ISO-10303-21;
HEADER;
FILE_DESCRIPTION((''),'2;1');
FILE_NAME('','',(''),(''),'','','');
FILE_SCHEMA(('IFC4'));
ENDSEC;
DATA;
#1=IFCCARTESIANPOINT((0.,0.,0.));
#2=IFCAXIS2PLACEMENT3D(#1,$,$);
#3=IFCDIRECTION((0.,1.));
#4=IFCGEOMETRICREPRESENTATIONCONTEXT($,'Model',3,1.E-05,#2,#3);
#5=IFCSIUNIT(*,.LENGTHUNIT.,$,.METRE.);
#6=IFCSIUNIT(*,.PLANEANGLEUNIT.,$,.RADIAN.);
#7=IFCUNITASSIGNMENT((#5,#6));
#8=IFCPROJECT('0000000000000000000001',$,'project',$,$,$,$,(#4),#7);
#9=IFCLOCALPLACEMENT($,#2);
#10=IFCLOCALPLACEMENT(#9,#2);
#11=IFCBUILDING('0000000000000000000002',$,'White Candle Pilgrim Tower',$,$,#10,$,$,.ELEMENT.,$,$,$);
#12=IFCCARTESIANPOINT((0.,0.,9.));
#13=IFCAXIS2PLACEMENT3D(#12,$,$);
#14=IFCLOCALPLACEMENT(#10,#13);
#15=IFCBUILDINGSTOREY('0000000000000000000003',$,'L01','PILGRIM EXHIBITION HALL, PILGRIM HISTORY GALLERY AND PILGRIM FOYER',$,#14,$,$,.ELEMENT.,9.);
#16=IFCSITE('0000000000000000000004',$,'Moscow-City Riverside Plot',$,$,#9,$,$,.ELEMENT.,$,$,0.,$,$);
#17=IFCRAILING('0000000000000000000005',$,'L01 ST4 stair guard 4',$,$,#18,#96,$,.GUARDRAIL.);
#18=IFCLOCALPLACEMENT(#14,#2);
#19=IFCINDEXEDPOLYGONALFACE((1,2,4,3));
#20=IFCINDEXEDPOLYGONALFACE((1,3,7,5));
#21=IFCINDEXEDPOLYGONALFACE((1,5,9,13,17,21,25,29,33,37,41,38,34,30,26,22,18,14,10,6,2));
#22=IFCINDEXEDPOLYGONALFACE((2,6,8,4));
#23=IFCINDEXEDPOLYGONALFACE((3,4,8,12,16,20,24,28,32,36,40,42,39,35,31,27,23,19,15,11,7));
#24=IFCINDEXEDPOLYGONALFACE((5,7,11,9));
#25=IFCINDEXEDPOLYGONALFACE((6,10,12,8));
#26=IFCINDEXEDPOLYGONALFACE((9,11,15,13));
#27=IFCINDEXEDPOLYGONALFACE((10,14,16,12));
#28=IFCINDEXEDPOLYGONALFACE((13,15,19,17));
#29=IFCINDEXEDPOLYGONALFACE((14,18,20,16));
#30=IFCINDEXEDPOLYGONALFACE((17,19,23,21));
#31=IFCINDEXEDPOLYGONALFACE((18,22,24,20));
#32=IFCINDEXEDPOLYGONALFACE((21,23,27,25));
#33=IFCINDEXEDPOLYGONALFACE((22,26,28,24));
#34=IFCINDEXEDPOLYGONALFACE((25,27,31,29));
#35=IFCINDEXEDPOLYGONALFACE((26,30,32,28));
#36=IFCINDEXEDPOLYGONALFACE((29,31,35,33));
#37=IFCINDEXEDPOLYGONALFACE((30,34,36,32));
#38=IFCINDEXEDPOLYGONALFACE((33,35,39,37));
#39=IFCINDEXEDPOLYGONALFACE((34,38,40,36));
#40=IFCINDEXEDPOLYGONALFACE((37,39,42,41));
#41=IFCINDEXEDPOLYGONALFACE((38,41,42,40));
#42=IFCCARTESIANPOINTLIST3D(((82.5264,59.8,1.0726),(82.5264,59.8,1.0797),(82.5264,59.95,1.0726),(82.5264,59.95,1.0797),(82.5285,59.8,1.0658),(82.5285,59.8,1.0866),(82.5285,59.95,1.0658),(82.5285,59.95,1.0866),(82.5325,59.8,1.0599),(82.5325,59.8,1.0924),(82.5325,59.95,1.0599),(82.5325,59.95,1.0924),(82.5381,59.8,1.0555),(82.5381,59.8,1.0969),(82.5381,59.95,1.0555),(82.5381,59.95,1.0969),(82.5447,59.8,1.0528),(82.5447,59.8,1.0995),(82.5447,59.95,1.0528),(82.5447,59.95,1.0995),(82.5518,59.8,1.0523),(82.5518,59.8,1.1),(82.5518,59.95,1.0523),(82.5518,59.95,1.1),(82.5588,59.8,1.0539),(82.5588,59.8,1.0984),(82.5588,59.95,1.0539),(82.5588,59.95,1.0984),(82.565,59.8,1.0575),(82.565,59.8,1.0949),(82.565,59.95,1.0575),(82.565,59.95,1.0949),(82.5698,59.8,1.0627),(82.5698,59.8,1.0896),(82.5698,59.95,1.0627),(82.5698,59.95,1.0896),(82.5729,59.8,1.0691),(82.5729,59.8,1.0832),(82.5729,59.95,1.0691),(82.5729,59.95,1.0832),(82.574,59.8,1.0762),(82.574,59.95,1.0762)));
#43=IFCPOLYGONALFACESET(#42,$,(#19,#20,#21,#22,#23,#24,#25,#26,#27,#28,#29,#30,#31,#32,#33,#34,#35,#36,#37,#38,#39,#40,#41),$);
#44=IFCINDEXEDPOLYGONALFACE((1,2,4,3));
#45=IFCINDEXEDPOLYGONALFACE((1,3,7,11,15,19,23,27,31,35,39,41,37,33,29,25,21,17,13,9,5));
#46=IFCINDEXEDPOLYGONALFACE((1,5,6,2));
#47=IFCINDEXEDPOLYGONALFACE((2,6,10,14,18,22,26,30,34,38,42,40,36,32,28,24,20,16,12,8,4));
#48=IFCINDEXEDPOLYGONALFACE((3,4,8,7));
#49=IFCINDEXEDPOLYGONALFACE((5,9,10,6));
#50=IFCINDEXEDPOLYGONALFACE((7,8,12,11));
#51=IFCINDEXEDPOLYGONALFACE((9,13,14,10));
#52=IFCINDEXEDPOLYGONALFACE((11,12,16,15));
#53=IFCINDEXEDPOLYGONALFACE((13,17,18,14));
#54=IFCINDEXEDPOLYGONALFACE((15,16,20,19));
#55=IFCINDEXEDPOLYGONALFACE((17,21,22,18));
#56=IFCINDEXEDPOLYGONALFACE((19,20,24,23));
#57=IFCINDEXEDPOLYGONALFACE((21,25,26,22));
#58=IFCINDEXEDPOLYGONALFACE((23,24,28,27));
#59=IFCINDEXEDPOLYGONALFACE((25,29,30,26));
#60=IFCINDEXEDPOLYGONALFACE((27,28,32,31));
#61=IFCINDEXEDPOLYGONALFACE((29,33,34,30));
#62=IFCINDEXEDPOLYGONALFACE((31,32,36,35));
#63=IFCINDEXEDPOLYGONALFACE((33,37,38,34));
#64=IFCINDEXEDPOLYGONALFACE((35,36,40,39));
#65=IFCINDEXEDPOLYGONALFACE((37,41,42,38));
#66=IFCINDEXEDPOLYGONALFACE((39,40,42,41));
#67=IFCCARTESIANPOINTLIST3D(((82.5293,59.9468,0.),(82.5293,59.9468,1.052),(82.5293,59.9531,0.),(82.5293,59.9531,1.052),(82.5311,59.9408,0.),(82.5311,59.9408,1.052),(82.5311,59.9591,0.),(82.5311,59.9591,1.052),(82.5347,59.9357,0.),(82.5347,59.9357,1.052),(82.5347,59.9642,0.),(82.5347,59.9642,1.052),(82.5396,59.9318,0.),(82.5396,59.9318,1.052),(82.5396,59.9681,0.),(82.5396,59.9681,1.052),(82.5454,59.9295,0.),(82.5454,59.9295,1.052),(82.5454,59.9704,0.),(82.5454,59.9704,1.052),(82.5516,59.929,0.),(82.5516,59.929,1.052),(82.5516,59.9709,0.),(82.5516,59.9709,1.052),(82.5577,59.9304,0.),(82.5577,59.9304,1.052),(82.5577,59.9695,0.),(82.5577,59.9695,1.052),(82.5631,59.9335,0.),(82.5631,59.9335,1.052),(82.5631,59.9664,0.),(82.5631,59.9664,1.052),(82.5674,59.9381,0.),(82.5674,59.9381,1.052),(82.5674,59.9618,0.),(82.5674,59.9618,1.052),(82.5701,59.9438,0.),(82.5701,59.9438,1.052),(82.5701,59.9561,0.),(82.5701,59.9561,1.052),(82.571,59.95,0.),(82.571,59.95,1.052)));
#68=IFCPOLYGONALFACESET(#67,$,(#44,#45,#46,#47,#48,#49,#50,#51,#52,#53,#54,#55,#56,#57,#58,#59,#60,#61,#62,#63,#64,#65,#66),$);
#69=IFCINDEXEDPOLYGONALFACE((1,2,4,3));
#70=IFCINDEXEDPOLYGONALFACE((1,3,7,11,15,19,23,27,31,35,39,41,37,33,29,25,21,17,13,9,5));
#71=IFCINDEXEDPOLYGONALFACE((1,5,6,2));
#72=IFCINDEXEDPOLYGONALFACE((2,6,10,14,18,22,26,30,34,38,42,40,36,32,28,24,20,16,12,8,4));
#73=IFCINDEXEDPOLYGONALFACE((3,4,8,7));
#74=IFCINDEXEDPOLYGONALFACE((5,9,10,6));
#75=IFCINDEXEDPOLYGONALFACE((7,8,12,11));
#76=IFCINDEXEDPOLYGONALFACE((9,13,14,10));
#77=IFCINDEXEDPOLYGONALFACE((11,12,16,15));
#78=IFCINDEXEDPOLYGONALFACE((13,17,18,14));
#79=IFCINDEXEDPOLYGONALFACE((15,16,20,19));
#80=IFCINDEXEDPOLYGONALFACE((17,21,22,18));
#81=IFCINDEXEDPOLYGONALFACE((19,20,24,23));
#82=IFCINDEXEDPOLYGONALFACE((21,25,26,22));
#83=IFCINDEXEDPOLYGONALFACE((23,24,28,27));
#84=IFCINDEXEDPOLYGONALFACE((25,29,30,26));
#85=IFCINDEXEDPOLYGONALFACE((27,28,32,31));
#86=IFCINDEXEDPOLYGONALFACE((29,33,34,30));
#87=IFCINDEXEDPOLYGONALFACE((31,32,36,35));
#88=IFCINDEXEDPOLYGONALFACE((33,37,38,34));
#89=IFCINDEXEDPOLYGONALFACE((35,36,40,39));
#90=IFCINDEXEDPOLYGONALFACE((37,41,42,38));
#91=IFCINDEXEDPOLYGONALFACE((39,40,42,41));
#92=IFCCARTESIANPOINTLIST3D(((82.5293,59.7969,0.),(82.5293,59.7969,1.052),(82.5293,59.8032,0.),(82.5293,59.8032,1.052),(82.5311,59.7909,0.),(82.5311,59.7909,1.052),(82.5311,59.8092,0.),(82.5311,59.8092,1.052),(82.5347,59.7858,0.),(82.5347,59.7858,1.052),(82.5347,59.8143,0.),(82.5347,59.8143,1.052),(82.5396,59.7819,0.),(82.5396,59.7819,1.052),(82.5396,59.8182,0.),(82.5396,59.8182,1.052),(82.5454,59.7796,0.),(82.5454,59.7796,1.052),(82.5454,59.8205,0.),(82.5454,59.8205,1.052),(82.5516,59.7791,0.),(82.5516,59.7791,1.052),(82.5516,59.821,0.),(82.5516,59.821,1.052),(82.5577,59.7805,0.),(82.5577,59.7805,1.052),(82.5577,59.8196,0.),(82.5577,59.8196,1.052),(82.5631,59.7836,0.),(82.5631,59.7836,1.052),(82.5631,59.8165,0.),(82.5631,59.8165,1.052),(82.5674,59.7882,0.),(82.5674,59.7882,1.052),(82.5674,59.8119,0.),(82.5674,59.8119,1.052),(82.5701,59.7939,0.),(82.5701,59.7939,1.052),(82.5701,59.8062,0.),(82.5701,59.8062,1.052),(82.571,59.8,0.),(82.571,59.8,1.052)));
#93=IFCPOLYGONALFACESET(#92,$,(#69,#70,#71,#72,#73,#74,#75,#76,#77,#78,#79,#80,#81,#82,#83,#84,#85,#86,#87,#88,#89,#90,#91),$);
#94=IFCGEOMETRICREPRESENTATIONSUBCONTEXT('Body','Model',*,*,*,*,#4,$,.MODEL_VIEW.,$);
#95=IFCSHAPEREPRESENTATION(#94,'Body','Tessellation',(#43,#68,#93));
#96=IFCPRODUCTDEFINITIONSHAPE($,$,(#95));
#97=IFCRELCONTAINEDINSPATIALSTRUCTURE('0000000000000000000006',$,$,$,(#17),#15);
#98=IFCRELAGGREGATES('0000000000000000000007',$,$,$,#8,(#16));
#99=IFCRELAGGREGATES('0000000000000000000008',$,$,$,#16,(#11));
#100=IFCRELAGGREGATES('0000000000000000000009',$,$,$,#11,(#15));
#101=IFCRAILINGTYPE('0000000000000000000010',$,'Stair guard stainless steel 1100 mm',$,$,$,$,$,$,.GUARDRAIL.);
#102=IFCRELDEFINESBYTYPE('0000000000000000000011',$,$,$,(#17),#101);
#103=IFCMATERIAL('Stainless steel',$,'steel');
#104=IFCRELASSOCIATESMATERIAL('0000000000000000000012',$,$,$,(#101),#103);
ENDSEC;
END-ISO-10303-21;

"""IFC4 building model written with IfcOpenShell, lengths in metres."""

from ifc_helpers import new_model, si_unit, direction, frame, origin, origin_2d, place, context, subcontext, project, spatial, circle, extrude, material, type_object, element, save


model = new_model("IFC4")

# Units and contexts
model_context = context("Model", 3, precision=1e-05, world=origin(), true_north=direction((0.0, 1.0)))
body_context = subcontext(model_context, "Body", "Model", "MODEL_VIEW")
ifc_project = project(units=[si_unit("LENGTHUNIT", "METRE"), si_unit("PLANEANGLEUNIT", "RADIAN")], contexts=[model_context])

# Site, building, storey
site_placement = place(None, origin())
site = spatial("IfcSite", under=ifc_project, at=site_placement, Name="Moscow-City Riverside Plot", CompositionType="ELEMENT", RefElevation=0.0)
building_placement = place(site_placement, origin())
building = spatial("IfcBuilding", under=site, at=building_placement, Name="White Candle Pilgrim Tower", CompositionType="ELEMENT")
storey_placement = place(building_placement, frame((0.0, 0.0, 9.0)))
storey = spatial("IfcBuildingStorey", under=building, at=storey_placement, Name="L01", Description="PILGRIM EXHIBITION HALL, PILGRIM HISTORY GALLERY AND PILGRIM FOYER", CompositionType="ELEMENT", Elevation=9.0)

# Railing
ifc_material_1 = material(Name="Stainless steel", Category="steel")
railing_type_1 = type_object("IfcRailingType", Name="Stair guard stainless steel 1100 mm", PredefinedType="GUARDRAIL", material=ifc_material_1)
railing_1_placement = place(storey_placement, frame((82.55, 59.95, 0.0)))
element("IfcRailing", 1, at=railing_1_placement, inside=storey, type_object=railing_type_1, Name="L01 ST4 stair guard 4", PredefinedType="GUARDRAIL", context=body_context, shape_type="SweptSolid", body=[
    extrude(circle(Radius=0.0239, at=origin_2d()), frame((0.0, 0.0, 1.0762), z_axis=(0.0, -1.0, 0.0), x_axis=(1.0, 0.0, 0.0)), (0.0, 0.0, 1.0), 0.1499),
    extrude(circle(Radius=0.021, at=origin_2d()), origin(), (0.0, 0.0, 1.0), 1.052),
    extrude(circle(Radius=0.021, at=origin_2d()), frame((0.0, -0.1499, 0.0)), (0.0, 0.0, 1.0), 1.052),
])

save(model, "model.ifc")
